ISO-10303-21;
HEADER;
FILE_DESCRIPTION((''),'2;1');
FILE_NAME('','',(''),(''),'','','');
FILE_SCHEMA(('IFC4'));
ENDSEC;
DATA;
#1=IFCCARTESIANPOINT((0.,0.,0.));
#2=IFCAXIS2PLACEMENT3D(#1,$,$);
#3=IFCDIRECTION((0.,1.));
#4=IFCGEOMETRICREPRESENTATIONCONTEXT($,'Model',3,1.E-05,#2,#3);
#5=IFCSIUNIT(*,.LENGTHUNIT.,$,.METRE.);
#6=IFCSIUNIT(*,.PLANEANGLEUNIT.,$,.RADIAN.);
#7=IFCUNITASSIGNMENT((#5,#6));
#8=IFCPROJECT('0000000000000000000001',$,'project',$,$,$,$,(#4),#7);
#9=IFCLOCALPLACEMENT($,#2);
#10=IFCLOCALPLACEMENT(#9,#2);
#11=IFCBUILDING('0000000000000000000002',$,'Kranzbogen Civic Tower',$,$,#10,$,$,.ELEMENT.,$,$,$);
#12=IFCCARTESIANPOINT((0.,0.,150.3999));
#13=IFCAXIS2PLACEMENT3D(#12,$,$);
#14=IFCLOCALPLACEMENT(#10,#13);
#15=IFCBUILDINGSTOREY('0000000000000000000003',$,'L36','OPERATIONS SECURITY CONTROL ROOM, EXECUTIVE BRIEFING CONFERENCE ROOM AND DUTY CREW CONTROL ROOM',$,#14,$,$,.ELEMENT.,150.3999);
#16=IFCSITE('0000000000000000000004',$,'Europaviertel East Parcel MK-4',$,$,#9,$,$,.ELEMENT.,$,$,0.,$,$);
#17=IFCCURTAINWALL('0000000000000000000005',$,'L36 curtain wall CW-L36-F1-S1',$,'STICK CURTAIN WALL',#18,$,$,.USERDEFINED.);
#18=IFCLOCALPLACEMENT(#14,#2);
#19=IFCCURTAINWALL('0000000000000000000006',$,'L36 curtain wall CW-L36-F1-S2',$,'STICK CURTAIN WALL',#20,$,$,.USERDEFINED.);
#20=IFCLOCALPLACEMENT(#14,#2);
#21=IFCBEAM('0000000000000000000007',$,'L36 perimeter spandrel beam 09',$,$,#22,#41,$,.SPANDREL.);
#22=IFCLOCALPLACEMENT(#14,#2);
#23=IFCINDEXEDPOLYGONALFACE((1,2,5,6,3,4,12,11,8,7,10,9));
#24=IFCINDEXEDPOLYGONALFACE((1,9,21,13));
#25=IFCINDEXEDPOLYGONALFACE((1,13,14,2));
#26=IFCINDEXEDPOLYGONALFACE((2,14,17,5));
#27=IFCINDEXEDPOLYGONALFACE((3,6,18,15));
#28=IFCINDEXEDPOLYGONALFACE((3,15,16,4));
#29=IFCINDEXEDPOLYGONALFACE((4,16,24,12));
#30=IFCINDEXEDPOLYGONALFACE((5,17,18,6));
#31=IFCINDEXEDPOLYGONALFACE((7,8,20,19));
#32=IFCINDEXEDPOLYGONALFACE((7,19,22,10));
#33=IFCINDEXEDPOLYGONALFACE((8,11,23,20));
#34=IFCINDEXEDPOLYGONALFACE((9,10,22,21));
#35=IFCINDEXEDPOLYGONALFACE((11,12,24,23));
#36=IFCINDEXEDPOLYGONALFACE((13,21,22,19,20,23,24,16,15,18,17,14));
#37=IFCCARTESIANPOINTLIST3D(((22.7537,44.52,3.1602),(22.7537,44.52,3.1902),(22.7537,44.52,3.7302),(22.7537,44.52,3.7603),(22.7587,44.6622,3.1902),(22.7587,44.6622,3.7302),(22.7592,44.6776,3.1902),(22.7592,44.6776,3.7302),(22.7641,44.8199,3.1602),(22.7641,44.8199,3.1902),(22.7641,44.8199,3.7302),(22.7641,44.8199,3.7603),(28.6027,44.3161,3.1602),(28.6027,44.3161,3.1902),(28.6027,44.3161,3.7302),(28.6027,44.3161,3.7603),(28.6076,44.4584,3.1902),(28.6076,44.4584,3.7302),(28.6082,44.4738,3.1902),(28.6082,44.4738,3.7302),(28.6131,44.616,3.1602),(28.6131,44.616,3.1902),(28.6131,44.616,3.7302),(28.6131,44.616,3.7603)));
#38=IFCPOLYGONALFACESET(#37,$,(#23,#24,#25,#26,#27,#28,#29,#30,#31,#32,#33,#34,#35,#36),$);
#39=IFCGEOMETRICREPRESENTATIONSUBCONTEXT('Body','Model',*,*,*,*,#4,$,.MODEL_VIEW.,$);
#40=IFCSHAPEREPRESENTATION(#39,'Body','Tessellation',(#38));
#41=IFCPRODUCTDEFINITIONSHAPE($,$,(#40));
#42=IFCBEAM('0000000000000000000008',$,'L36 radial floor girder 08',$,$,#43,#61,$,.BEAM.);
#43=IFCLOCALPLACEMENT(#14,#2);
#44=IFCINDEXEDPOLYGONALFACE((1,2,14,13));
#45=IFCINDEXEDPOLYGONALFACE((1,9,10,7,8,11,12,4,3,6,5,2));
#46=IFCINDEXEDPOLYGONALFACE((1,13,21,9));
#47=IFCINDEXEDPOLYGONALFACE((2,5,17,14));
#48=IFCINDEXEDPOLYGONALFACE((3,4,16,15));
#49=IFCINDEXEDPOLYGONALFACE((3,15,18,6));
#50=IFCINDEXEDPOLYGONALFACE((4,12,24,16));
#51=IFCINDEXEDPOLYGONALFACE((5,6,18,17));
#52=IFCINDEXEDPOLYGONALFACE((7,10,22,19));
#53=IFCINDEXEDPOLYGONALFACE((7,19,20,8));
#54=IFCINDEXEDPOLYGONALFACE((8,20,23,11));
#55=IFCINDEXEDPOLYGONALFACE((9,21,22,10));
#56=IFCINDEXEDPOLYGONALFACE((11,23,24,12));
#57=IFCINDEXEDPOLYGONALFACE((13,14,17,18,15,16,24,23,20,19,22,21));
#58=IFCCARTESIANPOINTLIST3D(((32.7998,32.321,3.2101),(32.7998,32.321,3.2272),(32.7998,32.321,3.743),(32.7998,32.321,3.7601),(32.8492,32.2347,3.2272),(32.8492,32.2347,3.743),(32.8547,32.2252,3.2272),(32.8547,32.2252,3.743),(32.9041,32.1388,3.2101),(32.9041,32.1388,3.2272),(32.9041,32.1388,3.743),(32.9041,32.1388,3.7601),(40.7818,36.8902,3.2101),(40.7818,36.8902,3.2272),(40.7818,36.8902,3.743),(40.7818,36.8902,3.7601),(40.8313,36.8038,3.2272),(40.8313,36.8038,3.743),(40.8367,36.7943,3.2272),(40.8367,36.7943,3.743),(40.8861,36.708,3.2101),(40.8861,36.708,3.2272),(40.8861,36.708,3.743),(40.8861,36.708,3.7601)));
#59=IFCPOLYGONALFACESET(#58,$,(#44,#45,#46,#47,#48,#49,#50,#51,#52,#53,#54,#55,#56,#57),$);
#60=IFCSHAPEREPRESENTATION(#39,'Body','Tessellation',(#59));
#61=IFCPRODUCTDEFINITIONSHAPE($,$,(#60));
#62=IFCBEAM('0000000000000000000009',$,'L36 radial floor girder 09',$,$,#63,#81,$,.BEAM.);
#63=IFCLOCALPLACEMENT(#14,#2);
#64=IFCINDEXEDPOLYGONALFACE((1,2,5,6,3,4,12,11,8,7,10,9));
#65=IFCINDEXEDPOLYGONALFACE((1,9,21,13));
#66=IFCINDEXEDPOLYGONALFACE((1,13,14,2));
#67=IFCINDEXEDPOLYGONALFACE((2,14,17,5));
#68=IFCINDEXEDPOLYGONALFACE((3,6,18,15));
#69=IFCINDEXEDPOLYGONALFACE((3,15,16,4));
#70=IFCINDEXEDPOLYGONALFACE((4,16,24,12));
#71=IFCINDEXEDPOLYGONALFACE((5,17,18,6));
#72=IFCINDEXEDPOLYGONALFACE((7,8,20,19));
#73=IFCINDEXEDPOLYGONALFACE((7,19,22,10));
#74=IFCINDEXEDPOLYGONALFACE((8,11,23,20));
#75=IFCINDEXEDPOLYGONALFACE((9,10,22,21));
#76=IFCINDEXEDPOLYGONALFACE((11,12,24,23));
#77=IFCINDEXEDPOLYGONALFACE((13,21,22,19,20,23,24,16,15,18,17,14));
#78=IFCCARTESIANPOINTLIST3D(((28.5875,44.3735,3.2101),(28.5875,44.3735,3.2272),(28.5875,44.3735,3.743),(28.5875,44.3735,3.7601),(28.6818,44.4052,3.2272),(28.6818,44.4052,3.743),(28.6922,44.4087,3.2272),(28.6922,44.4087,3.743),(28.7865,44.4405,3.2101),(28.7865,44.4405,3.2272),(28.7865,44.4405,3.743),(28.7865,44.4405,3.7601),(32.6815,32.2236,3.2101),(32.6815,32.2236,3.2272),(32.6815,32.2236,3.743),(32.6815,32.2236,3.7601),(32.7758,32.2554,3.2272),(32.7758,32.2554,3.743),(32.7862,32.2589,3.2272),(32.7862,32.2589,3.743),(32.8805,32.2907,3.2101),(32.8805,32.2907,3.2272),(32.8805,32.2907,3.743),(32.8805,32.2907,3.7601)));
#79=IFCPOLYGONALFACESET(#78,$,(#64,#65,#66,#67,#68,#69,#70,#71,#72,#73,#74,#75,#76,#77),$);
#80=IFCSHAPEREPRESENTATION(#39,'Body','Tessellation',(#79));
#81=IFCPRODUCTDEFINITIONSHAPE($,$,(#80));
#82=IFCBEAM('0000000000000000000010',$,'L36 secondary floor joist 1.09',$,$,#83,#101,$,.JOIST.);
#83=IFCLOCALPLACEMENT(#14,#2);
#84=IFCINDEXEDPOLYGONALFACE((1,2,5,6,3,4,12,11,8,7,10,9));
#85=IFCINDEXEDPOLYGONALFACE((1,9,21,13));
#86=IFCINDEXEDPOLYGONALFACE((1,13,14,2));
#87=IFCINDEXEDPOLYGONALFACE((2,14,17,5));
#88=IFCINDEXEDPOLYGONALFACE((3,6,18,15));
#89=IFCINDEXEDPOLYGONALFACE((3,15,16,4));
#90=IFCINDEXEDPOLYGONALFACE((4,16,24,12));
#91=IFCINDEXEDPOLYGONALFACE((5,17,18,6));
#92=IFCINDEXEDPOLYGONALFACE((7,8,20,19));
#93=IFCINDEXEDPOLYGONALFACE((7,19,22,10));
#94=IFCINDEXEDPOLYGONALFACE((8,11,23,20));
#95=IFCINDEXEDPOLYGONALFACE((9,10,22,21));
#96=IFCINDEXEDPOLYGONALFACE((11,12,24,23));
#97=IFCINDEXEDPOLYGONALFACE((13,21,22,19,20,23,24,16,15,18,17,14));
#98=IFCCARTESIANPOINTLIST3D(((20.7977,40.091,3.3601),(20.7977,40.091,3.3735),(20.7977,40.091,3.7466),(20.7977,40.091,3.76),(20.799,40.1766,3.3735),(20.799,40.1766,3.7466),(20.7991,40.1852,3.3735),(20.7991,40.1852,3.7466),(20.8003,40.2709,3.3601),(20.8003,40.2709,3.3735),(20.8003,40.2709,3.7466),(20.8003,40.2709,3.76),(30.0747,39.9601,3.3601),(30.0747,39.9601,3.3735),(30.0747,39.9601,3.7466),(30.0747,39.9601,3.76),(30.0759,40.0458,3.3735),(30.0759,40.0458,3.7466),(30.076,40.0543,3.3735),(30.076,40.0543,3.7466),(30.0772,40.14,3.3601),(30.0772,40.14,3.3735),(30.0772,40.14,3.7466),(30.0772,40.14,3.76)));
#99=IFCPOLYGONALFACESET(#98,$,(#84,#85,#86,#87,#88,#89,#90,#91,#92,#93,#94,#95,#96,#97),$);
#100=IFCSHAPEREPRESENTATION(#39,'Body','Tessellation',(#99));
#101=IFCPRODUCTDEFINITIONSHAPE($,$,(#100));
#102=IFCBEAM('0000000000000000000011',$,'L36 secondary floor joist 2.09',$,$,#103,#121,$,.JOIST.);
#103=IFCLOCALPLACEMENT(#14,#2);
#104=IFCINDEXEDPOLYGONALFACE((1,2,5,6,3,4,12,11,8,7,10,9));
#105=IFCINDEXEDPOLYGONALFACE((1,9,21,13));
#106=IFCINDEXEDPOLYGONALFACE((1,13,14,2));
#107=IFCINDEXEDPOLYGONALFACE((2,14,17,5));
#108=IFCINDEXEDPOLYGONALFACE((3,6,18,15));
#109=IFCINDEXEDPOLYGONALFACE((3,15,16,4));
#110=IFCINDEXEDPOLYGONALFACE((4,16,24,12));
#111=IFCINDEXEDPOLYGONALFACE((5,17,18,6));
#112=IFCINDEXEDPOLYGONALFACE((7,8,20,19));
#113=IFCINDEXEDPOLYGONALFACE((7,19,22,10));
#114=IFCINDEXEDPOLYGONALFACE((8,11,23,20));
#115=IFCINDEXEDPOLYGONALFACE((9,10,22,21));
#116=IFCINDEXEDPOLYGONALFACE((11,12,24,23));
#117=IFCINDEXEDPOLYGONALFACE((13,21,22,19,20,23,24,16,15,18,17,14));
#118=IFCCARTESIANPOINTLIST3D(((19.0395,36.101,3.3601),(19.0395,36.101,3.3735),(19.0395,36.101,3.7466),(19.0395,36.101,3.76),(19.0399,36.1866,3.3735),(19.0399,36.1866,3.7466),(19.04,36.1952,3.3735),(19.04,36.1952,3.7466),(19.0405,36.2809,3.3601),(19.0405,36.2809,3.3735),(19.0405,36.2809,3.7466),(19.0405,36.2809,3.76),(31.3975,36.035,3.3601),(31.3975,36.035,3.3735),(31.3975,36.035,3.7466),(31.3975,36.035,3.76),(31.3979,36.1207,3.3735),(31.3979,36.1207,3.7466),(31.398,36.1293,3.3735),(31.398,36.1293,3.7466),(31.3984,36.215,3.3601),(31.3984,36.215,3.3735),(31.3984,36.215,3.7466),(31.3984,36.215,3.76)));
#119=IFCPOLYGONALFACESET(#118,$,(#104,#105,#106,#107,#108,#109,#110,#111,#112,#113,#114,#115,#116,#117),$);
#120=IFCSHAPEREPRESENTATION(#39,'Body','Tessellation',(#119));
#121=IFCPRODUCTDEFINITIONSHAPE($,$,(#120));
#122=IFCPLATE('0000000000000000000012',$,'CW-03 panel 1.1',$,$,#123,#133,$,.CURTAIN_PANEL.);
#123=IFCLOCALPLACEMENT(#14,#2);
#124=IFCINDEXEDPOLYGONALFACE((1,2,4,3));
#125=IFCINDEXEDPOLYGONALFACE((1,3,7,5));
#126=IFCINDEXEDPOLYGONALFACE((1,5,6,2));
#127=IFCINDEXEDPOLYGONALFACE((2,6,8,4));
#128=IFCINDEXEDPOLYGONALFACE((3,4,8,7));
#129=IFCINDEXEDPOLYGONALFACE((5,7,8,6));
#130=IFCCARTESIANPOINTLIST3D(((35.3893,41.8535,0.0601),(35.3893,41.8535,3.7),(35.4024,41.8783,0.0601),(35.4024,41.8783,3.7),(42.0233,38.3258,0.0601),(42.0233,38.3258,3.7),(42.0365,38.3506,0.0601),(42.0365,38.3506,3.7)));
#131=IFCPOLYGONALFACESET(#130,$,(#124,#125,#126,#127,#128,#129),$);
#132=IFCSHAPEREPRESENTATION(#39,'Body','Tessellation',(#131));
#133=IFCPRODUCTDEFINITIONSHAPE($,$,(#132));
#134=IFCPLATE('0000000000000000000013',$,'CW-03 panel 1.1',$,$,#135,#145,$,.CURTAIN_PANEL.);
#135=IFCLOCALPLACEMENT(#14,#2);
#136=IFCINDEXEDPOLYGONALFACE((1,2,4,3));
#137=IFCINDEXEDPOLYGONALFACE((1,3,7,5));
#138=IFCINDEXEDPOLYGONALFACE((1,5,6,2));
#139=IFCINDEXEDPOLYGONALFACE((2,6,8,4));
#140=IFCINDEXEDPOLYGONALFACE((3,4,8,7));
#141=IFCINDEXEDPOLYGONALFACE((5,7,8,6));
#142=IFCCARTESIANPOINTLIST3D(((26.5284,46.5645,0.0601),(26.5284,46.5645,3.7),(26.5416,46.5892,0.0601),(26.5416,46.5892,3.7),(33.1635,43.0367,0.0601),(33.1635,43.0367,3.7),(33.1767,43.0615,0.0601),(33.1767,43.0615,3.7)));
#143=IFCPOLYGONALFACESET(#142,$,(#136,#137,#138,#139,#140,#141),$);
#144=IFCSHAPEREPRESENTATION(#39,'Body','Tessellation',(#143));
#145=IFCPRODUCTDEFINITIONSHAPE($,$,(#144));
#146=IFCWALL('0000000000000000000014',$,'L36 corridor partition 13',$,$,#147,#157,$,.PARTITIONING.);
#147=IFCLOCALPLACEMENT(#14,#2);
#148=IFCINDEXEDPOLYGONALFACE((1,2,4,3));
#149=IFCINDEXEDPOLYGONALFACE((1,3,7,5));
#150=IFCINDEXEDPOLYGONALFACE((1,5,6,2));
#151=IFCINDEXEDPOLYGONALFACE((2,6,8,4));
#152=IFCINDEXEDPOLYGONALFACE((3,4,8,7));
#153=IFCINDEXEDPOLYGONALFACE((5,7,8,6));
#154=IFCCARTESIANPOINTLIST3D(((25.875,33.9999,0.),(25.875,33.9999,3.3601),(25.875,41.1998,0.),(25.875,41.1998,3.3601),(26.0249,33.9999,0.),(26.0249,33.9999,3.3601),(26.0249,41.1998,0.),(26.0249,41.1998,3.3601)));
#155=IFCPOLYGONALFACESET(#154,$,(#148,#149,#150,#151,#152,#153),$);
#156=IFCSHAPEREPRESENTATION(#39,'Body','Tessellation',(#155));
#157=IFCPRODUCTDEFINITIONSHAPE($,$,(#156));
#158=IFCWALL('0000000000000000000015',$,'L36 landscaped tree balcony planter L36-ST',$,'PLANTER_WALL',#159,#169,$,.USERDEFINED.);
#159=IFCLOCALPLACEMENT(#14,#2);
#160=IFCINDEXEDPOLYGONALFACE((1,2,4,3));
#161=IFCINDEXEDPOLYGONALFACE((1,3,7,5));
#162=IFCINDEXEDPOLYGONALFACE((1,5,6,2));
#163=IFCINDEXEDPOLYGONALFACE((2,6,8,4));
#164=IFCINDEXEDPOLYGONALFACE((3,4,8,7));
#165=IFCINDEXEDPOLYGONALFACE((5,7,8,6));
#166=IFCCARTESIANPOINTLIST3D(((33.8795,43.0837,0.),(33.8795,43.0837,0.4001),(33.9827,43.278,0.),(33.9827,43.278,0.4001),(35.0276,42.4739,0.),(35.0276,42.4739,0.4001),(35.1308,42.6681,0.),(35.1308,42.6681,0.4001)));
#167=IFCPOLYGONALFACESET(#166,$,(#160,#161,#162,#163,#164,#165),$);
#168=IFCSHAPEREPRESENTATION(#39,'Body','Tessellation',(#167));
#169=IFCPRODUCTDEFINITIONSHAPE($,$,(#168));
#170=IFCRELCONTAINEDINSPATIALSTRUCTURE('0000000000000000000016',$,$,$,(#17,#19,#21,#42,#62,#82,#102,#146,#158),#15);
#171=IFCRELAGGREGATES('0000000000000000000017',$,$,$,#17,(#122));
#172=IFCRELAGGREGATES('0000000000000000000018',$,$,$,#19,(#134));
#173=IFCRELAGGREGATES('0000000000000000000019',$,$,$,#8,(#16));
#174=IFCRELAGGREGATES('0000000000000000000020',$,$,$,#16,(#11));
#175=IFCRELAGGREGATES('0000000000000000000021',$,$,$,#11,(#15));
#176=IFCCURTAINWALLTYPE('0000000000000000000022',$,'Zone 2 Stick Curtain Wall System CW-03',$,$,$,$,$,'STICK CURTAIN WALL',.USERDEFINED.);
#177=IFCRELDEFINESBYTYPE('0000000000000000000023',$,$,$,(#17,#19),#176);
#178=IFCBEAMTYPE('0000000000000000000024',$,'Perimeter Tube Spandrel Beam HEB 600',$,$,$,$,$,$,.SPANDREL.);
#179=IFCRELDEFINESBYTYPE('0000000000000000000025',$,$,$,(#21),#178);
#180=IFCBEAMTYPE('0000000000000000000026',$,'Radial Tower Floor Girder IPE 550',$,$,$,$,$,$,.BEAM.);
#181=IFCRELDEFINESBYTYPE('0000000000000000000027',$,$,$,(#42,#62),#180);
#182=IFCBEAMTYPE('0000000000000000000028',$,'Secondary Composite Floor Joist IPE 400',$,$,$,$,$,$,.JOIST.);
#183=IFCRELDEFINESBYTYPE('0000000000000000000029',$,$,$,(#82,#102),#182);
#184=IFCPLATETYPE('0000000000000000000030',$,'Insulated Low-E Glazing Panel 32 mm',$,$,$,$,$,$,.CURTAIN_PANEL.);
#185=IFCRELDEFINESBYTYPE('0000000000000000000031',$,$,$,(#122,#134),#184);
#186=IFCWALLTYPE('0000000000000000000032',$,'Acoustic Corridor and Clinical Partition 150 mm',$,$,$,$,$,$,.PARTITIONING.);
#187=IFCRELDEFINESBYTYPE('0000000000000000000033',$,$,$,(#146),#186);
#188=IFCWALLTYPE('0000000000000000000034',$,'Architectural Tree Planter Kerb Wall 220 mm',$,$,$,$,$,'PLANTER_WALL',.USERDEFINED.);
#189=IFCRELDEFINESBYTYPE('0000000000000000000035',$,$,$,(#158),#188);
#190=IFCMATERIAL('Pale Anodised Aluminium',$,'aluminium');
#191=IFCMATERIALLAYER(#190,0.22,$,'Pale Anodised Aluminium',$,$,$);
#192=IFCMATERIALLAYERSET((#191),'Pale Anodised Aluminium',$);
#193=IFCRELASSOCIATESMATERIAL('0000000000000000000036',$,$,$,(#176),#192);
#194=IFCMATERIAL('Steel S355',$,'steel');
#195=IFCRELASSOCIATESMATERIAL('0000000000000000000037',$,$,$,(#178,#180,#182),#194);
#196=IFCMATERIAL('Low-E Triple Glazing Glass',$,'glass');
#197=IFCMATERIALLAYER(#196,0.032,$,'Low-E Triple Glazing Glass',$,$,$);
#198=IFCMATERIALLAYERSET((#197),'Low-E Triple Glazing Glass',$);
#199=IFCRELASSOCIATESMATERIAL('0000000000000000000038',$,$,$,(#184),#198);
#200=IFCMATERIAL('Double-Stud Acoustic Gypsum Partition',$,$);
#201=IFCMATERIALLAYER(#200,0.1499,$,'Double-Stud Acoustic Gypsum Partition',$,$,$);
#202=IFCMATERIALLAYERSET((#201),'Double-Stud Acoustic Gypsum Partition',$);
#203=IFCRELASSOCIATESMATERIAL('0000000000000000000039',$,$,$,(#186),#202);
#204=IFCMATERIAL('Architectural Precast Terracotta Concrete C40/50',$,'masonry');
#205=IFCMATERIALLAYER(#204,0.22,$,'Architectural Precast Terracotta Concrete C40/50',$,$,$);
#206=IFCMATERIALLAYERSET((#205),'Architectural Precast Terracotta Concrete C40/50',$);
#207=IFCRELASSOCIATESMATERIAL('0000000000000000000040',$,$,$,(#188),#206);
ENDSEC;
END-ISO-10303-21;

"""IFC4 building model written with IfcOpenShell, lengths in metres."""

from ifc_helpers import new_model, si_unit, direction, frame, frame_2d, origin, origin_2d, place, context, subcontext, project, spatial, rectangle, i_section, extrude, material, layer, layer_set, material_profile, profile_set, type_object, element, aggregate, save


model = new_model("IFC4")

# Units and contexts
model_context = context("Model", 3, precision=1e-05, world=origin(), true_north=direction((0.0, 1.0)))
body_context = subcontext(model_context, "Body", "Model", "MODEL_VIEW")
ifc_project = project(units=[si_unit("LENGTHUNIT", "METRE"), si_unit("PLANEANGLEUNIT", "RADIAN")], contexts=[model_context])

# Site, building, storey
site_placement = place(None, origin())
site = spatial("IfcSite", under=ifc_project, at=site_placement, Name="Europaviertel East Parcel MK-4", CompositionType="ELEMENT", RefElevation=0.0)
building_placement = place(site_placement, origin())
building = spatial("IfcBuilding", under=site, at=building_placement, Name="Kranzbogen Civic Tower", CompositionType="ELEMENT")
storey_placement = place(building_placement, frame((0.0, 0.0, 150.3999)))
storey = spatial("IfcBuildingStorey", under=building, at=storey_placement, Name="L36", Description="OPERATIONS SECURITY CONTROL ROOM, EXECUTIVE BRIEFING CONFERENCE ROOM AND DUTY CREW CONTROL ROOM", CompositionType="ELEMENT", Elevation=150.3999)

# Shared definitions
ifc_material_1 = material(Name="Steel S355", Category="steel")

# Curtain walls
ifc_material_2 = material(Name="Pale Anodised Aluminium", Category="aluminium")
ifc_layer_1 = layer(ifc_material_2, 0.22, Name="Pale Anodised Aluminium")
ifc_layer_set_1 = layer_set([ifc_layer_1], Name="Pale Anodised Aluminium")
curtain_wall_type = type_object("IfcCurtainWallType", Name="Zone 2 Stick Curtain Wall System CW-03", ElementType="STICK CURTAIN WALL", PredefinedType="USERDEFINED", material=ifc_layer_set_1)
curtain_wall_1_placement = place(storey_placement, origin())
curtain_wall_1 = element("IfcCurtainWall", 1, at=curtain_wall_1_placement, inside=storey, type_object=curtain_wall_type, Name="L36 curtain wall CW-L36-F1-S1", ObjectType="STICK CURTAIN WALL", PredefinedType="USERDEFINED")
curtain_wall_2_placement = place(storey_placement, origin())
curtain_wall_2 = element("IfcCurtainWall", 2, at=curtain_wall_2_placement, inside=storey, type_object=curtain_wall_type, Name="L36 curtain wall CW-L36-F1-S2", ObjectType="STICK CURTAIN WALL", PredefinedType="USERDEFINED")

# Beams
ifc_material_profile_1 = material_profile(ifc_material_1, i_section(OverallWidth=0.3, OverallDepth=0.6001, WebThickness=0.0154, FlangeThickness=0.03, at=origin_2d()), Name="HEB 600")
ifc_profile_set_1 = profile_set([ifc_material_profile_1], Name="Steel S355")
beam_type_1 = type_object("IfcBeamType", Name="Perimeter Tube Spandrel Beam HEB 600", PredefinedType="SPANDREL", material=ifc_profile_set_1)
beam_1_placement = place(storey_placement, frame((28.6079, 44.4661, 3.4602), z_axis=(-0.999393, 0.034833, 0.0), x_axis=(-0.034833, -0.999393, 0.0)))
element("IfcBeam", 3, at=beam_1_placement, inside=storey, type_object=beam_type_1, Name="L36 perimeter spandrel beam 09", PredefinedType="SPANDREL", context=body_context, shape_type="SweptSolid", body=[
    extrude(i_section(OverallWidth=0.3, OverallDepth=0.6001, WebThickness=0.0154, FlangeThickness=0.03, at=origin_2d()), origin(), (0.0, 0.0, 1.0), 5.8525),
])
ifc_material_profile_2 = material_profile(ifc_material_1, i_section(OverallWidth=0.21, OverallDepth=0.55, WebThickness=0.011, FlangeThickness=0.0171, at=origin_2d()), Name="IPE 550")
ifc_profile_set_2 = profile_set([ifc_material_profile_2], Name="Steel S355")
beam_type_2 = type_object("IfcBeamType", Name="Radial Tower Floor Girder IPE 550", PredefinedType="BEAM", material=ifc_profile_set_2)
beam_2_placement = place(storey_placement, frame((40.834, 36.7991, 3.4851), z_axis=(-0.867869, -0.496793, 0.0), x_axis=(0.496793, -0.867869, 0.0)))
element("IfcBeam", 4, at=beam_2_placement, inside=storey, type_object=beam_type_2, Name="L36 radial floor girder 08", PredefinedType="BEAM", context=body_context, shape_type="SweptSolid", body=[
    extrude(i_section(OverallWidth=0.21, OverallDepth=0.55, WebThickness=0.011, FlangeThickness=0.0171, at=origin_2d()), origin(), (0.0, 0.0, 1.0), 9.1973),
])
beam_3_placement = place(storey_placement, frame((28.687, 44.407, 3.4851), z_axis=(0.319317, -0.947648, 0.0), x_axis=(0.947648, 0.319317, 0.0)))
element("IfcBeam", 5, at=beam_3_placement, inside=storey, type_object=beam_type_2, Name="L36 radial floor girder 09", PredefinedType="BEAM", context=body_context, shape_type="SweptSolid", body=[
    extrude(i_section(OverallWidth=0.21, OverallDepth=0.55, WebThickness=0.011, FlangeThickness=0.0171, at=origin_2d()), origin(), (0.0, 0.0, 1.0), 12.821),
])
ifc_material_profile_3 = material_profile(ifc_material_1, i_section(OverallWidth=0.1799, OverallDepth=0.3999, WebThickness=0.0085, FlangeThickness=0.0134, at=origin_2d()), Name="IPE 400")
ifc_profile_set_3 = profile_set([ifc_material_profile_3], Name="Steel S355")
beam_type_3 = type_object("IfcBeamType", Name="Secondary Composite Floor Joist IPE 400", PredefinedType="JOIST", material=ifc_profile_set_3)
beam_4_placement = place(storey_placement, frame((30.0759, 40.05, 3.5601), z_axis=(-0.999901, 0.014105, 0.0), x_axis=(-0.014105, -0.999901, 0.0)))
element("IfcBeam", 6, at=beam_4_placement, inside=storey, type_object=beam_type_3, Name="L36 secondary floor joist 1.09", PredefinedType="JOIST", context=body_context, shape_type="SweptSolid", body=[
    extrude(i_section(OverallWidth=0.1799, OverallDepth=0.3999, WebThickness=0.0085, FlangeThickness=0.0134, at=origin_2d()), origin(), (0.0, 0.0, 1.0), 9.2778),
])
beam_5_placement = place(storey_placement, frame((31.3979, 36.125, 3.5601), z_axis=(-0.999986, 0.005334, 0.0), x_axis=(-0.005334, -0.999986, 0.0)))
element("IfcBeam", 7, at=beam_5_placement, inside=storey, type_object=beam_type_3, Name="L36 secondary floor joist 2.09", PredefinedType="JOIST", context=body_context, shape_type="SweptSolid", body=[
    extrude(i_section(OverallWidth=0.1799, OverallDepth=0.3999, WebThickness=0.0085, FlangeThickness=0.0134, at=origin_2d()), origin(), (0.0, 0.0, 1.0), 12.3582),
])

# Plates
ifc_material_3 = material(Name="Low-E Triple Glazing Glass", Category="glass")
ifc_layer_2 = layer(ifc_material_3, 0.032, Name="Low-E Triple Glazing Glass")
ifc_layer_set_2 = layer_set([ifc_layer_2], Name="Low-E Triple Glazing Glass")
plate_type = type_object("IfcPlateType", Name="Insulated Low-E Glazing Panel 32 mm", PredefinedType="CURTAIN_PANEL", material=ifc_layer_set_2)
plate_1_placement = place(storey_placement, frame((38.7129, 40.1021, 0.0601), z_axis=(0.0, 0.0, 1.0), x_axis=(-0.882932, 0.4695, 0.0)))
plate_1 = element("IfcPlate", 8, at=plate_1_placement, type_object=plate_type, Name="CW-03 panel 1.1", PredefinedType="CURTAIN_PANEL", context=body_context, shape_type="SweptSolid", body=[
    extrude(rectangle(XDim=7.5137, YDim=0.0281, at=origin_2d()), origin(), (0.0, 0.0, 1.0), 3.6399),
])
aggregate(curtain_wall_1, [plate_1])
plate_2_placement = place(storey_placement, frame((29.8525, 44.813, 0.0601), z_axis=(0.0, 0.0, 1.0), x_axis=(-0.882961, 0.469446, 0.0)))
plate_2 = element("IfcPlate", 9, at=plate_2_placement, type_object=plate_type, Name="CW-03 panel 1.1", PredefinedType="CURTAIN_PANEL", context=body_context, shape_type="SweptSolid", body=[
    extrude(rectangle(XDim=7.5146, YDim=0.0281, at=origin_2d()), origin(), (0.0, 0.0, 1.0), 3.6399),
])
aggregate(curtain_wall_2, [plate_2])

# Walls
ifc_material_4 = material(Name="Double-Stud Acoustic Gypsum Partition")
ifc_layer_3 = layer(ifc_material_4, 0.1499, Name="Double-Stud Acoustic Gypsum Partition")
ifc_layer_set_3 = layer_set([ifc_layer_3], Name="Double-Stud Acoustic Gypsum Partition")
wall_type_1 = type_object("IfcWallType", Name="Acoustic Corridor and Clinical Partition 150 mm", PredefinedType="PARTITIONING", material=ifc_layer_set_3)
wall_1_placement = place(storey_placement, frame((25.95, 41.2, 0.0), z_axis=(0.0, 0.0, 1.0), x_axis=(0.0, -1.0, 0.0)))
element("IfcWall", 10, at=wall_1_placement, inside=storey, type_object=wall_type_1, Name="L36 corridor partition 13", PredefinedType="PARTITIONING", context=body_context, shape_type="SweptSolid", body=[
    extrude(rectangle(XDim=7.2, YDim=0.1499, at=frame_2d((3.6001, 0.0))), origin(), (0.0, 0.0, 1.0), 3.3601),
])
ifc_material_5 = material(Name="Architectural Precast Terracotta Concrete C40/50", Category="masonry")
ifc_layer_4 = layer(ifc_material_5, 0.22, Name="Architectural Precast Terracotta Concrete C40/50")
ifc_layer_set_4 = layer_set([ifc_layer_4], Name="Architectural Precast Terracotta Concrete C40/50")
wall_type_2 = type_object("IfcWallType", Name="Architectural Tree Planter Kerb Wall 220 mm", ElementType="PLANTER_WALL", PredefinedType="USERDEFINED", material=ifc_layer_set_4)
wall_2_placement = place(storey_placement, frame((35.0791, 42.571, 0.0), z_axis=(0.0, 0.0, 1.0), x_axis=(-0.883152, 0.469087, 0.0)))
element("IfcWall", 11, at=wall_2_placement, inside=storey, type_object=wall_type_2, Name="L36 landscaped tree balcony planter L36-ST", ObjectType="PLANTER_WALL", PredefinedType="USERDEFINED", context=body_context, shape_type="SweptSolid", body=[
    extrude(rectangle(XDim=1.3, YDim=0.22, at=frame_2d((0.6499, 0.0))), origin(), (0.0, 0.0, 1.0), 0.4001),
])

save(model, "model.ifc")
